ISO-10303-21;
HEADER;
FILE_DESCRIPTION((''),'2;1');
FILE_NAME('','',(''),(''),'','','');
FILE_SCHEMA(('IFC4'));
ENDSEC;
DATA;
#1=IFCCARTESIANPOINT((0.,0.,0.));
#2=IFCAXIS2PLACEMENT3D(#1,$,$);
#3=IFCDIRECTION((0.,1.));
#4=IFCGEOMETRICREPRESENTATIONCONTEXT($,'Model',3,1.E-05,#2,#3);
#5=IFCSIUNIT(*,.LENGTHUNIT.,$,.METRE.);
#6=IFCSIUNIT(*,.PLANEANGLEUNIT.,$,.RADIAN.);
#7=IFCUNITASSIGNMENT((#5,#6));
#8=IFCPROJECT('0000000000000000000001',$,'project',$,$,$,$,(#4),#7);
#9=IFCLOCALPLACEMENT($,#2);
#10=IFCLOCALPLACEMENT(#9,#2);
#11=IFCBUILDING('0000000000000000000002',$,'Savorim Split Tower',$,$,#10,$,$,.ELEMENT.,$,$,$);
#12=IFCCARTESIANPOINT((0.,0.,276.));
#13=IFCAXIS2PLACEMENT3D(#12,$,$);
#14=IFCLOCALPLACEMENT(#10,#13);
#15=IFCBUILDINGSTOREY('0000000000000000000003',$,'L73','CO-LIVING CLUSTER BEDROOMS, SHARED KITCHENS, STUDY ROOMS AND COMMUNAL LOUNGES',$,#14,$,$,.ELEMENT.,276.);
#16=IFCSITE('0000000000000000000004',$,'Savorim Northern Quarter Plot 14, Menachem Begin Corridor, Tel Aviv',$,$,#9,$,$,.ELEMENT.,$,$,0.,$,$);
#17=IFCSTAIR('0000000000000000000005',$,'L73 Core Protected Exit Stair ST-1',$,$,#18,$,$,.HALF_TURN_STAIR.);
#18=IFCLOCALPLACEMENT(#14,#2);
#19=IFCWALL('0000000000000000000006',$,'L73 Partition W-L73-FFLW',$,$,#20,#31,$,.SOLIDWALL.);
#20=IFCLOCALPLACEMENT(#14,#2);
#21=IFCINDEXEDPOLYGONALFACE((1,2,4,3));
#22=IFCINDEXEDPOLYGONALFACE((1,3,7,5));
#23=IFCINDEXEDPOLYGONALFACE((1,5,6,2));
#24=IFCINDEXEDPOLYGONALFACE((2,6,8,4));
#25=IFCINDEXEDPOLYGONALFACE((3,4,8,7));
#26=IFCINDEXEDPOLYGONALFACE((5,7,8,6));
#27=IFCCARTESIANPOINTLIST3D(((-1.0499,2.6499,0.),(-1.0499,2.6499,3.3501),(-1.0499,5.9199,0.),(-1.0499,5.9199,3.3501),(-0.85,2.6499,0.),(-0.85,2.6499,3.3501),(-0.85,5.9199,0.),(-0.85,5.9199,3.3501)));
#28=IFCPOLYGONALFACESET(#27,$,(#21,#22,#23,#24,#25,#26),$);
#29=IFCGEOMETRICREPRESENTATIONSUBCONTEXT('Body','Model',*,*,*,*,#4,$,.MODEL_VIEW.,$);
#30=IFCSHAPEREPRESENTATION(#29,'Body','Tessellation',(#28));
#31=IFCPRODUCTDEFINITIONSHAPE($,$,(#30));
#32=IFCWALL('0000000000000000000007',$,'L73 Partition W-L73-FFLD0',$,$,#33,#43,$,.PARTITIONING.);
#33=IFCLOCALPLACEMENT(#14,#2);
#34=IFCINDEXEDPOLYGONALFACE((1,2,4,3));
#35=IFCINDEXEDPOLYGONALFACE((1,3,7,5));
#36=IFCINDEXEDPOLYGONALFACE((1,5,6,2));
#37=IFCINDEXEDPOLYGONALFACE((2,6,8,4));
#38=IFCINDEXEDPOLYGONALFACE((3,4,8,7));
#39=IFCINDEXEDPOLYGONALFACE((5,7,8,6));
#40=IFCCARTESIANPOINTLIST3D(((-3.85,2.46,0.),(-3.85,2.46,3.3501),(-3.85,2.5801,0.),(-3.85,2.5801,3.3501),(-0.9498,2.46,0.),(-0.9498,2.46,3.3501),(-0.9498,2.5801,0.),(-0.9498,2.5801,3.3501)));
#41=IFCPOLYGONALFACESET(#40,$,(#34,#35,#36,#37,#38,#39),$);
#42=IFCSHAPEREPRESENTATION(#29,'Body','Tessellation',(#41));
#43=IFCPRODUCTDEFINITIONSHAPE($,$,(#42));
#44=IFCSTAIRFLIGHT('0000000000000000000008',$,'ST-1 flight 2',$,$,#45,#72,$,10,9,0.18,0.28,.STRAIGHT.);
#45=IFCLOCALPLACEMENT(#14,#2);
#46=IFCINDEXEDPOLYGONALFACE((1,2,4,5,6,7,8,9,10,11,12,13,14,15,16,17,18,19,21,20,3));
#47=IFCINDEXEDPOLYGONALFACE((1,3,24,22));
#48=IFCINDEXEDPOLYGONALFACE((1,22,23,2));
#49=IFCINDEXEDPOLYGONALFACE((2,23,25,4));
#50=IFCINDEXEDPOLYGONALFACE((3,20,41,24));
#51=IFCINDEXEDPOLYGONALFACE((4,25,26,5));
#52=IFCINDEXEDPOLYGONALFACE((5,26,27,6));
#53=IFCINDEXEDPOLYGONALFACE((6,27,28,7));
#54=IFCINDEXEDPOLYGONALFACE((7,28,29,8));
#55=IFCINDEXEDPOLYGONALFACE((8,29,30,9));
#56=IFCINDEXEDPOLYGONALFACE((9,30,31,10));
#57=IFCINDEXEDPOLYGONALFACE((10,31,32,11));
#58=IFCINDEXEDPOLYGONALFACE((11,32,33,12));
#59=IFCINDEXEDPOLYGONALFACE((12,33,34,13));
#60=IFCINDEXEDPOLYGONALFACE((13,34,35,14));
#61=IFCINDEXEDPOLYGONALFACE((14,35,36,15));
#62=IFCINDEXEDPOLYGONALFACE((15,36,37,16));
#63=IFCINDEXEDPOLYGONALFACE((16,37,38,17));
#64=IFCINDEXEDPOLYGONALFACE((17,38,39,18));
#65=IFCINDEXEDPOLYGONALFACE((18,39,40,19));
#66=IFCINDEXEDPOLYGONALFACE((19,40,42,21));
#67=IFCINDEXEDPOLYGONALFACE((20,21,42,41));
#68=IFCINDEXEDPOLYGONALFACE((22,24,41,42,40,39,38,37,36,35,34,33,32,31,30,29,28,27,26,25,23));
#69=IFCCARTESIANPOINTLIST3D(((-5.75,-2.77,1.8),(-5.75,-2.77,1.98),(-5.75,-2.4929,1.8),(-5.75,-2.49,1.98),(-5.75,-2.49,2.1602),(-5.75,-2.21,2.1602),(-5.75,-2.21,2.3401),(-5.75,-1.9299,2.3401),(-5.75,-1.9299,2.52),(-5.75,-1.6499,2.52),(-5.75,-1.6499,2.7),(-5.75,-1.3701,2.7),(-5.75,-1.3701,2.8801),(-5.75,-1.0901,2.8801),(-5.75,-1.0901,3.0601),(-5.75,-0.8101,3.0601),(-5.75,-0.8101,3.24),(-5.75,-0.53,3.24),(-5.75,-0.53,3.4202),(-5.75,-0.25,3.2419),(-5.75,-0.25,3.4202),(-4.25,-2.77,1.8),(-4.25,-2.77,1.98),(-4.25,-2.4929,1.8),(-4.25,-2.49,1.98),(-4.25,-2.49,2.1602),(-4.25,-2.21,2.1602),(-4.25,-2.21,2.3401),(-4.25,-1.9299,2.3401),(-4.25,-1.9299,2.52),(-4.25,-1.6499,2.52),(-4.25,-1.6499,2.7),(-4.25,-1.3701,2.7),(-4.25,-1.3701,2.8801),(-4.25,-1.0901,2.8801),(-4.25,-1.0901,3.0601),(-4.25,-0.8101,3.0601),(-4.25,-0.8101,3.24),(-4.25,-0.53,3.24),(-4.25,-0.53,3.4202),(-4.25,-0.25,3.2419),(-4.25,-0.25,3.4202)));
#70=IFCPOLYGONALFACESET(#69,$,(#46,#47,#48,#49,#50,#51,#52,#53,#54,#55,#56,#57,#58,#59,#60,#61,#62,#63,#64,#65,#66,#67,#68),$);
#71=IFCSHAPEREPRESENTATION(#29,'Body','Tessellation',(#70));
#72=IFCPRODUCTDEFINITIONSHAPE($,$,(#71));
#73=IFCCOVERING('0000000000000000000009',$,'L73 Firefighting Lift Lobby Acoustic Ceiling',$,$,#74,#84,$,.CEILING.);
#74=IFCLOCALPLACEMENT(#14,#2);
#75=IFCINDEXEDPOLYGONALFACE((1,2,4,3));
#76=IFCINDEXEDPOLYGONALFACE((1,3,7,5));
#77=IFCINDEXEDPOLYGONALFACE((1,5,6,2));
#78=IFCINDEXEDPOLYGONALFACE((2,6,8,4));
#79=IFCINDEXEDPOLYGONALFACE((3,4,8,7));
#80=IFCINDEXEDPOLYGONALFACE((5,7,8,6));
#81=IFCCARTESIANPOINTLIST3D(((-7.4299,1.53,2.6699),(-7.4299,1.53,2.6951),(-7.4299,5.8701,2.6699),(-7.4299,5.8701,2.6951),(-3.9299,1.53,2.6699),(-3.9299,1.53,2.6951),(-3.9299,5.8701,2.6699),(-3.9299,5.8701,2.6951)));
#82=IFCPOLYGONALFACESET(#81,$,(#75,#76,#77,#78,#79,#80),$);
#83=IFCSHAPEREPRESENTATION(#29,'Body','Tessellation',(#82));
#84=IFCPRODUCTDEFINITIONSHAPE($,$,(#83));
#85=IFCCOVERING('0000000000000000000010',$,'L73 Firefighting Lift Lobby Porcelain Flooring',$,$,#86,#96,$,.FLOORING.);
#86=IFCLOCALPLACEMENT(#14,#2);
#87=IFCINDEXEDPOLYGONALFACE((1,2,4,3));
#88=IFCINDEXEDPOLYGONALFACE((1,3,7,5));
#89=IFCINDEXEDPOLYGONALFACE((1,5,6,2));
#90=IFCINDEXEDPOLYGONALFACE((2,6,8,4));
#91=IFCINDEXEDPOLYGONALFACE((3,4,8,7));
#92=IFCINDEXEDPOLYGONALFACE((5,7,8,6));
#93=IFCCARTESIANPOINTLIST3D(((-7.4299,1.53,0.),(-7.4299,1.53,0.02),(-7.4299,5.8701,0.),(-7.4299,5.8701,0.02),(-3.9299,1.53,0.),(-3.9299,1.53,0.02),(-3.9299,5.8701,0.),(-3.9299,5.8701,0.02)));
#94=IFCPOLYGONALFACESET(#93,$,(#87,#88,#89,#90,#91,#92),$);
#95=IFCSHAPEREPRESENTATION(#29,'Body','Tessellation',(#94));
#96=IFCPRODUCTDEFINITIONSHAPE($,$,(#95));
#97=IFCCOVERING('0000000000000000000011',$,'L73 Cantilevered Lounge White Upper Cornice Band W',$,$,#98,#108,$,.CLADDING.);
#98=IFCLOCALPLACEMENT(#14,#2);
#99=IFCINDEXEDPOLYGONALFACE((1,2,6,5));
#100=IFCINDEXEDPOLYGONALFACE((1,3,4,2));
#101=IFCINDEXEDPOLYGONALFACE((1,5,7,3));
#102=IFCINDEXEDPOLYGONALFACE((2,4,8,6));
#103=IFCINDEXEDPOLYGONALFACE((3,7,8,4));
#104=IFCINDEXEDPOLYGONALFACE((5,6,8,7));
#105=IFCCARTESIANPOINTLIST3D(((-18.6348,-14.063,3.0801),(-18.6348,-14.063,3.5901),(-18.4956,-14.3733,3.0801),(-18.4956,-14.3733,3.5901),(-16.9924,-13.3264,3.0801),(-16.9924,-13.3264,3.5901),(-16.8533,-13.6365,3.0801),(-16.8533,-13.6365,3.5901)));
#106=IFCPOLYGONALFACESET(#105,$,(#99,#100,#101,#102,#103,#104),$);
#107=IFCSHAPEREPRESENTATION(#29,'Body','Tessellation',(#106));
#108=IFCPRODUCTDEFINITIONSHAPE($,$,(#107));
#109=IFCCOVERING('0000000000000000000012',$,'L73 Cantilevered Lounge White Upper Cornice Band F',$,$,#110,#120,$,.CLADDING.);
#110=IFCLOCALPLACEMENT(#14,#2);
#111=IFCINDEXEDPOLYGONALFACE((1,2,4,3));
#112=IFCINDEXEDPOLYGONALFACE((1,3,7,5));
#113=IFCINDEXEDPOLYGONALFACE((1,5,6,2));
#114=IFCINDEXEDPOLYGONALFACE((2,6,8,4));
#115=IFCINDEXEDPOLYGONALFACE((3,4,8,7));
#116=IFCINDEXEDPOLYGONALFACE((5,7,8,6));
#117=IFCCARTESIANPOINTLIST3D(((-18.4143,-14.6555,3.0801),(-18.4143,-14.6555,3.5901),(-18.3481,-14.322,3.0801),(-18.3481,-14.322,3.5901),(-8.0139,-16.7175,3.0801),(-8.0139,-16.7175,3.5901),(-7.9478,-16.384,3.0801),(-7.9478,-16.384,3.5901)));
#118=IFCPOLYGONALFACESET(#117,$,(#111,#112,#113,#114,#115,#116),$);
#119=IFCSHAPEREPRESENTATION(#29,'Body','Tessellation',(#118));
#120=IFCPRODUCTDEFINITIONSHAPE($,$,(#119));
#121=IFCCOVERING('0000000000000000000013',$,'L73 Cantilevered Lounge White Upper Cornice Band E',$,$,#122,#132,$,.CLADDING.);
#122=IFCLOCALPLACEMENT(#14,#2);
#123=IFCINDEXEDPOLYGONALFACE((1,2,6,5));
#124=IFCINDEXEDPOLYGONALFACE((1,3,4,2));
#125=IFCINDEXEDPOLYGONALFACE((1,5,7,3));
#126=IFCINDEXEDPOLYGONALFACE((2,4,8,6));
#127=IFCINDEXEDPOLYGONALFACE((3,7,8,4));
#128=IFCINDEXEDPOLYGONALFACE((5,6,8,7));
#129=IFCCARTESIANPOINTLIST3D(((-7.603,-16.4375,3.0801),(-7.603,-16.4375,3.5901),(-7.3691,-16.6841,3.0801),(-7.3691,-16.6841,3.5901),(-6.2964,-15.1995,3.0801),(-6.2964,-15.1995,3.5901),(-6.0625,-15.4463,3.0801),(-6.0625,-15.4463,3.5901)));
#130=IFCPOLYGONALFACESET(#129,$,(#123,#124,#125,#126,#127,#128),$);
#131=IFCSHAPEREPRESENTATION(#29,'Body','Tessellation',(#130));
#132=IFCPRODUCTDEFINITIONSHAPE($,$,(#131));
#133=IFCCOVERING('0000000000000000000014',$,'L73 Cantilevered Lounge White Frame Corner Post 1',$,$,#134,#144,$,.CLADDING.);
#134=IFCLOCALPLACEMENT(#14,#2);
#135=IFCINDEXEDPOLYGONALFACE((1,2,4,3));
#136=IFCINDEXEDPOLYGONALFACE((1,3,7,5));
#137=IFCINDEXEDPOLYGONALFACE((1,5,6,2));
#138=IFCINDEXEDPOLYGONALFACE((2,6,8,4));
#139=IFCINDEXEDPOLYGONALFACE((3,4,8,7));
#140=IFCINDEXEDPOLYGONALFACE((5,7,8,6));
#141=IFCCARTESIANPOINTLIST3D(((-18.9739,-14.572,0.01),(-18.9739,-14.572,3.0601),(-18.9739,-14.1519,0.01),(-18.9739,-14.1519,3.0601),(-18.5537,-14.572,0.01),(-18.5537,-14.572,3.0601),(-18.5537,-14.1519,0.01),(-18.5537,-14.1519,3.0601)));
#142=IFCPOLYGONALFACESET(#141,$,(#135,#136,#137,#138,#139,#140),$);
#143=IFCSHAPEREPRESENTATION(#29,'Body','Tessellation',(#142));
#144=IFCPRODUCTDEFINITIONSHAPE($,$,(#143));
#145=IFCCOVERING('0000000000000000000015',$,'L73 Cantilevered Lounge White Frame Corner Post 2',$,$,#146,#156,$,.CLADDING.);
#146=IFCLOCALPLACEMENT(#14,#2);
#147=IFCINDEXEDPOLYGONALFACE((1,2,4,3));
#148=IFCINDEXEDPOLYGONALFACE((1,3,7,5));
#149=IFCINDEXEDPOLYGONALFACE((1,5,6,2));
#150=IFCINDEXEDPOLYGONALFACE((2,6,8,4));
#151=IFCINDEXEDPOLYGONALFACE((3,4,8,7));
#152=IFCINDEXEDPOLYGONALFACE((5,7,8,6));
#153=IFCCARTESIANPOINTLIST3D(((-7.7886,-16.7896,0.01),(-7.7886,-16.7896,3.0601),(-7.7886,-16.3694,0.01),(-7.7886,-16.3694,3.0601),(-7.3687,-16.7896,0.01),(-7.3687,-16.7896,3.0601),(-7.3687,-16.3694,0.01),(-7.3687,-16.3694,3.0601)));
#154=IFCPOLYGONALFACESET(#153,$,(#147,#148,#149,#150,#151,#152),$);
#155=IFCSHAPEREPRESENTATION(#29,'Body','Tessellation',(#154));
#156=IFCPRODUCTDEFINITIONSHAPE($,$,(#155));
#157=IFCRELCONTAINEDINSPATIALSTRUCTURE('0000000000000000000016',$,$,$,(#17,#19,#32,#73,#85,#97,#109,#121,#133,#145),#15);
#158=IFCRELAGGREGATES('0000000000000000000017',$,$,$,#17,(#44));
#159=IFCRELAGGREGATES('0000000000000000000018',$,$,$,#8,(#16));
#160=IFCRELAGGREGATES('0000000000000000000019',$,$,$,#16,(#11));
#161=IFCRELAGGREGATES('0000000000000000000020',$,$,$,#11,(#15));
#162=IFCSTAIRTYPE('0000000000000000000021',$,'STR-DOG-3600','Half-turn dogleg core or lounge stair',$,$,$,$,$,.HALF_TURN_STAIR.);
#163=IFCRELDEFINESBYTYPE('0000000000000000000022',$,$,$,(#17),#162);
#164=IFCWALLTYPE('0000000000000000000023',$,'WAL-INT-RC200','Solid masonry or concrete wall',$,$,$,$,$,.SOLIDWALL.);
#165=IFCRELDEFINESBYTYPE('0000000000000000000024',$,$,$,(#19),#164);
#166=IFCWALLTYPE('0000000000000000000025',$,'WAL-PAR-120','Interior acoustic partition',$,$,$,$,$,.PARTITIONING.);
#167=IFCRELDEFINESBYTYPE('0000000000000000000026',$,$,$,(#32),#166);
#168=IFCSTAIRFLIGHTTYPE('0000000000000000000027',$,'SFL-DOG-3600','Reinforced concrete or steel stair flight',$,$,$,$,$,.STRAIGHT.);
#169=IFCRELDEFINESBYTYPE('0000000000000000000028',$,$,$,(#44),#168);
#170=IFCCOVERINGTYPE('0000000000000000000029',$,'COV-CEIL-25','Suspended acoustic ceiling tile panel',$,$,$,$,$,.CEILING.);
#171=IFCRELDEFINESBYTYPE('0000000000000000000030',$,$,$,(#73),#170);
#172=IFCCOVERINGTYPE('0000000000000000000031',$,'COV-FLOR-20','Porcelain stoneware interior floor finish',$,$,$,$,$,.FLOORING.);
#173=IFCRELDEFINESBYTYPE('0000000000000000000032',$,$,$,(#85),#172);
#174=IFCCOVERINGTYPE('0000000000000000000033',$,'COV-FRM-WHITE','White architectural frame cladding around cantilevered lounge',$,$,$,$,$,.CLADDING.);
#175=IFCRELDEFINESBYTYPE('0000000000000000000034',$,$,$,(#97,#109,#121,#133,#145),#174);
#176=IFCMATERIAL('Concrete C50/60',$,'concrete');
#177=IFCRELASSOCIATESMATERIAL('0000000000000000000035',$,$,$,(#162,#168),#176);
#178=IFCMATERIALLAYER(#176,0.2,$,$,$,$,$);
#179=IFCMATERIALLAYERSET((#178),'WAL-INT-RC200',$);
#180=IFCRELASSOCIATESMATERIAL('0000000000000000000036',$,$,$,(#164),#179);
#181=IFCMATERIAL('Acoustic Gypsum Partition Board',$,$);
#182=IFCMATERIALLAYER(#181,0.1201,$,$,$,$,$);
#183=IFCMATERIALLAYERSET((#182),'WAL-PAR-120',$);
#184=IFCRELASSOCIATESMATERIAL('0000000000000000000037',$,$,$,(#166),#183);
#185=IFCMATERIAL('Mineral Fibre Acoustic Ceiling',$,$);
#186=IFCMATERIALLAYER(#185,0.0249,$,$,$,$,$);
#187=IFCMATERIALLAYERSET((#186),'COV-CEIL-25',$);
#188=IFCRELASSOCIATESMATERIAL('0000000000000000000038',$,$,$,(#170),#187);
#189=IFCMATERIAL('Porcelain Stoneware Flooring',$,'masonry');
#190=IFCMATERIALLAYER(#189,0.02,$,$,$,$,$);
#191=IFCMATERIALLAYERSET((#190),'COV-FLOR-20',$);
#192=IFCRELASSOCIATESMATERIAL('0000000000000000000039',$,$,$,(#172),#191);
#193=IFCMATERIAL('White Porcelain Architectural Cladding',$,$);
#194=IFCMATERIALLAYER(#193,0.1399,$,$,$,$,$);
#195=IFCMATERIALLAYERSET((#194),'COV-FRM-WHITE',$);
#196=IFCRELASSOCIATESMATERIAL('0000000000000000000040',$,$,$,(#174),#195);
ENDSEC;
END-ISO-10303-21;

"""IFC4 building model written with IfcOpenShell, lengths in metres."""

from ifc_helpers import new_model, si_unit, direction, frame, frame_2d, origin, place, context, subcontext, project, spatial, polyline, rectangle, outline, extrude, material, layer, layer_set, type_object, element, aggregate, save


model = new_model("IFC4")

# Units and contexts
model_context = context("Model", 3, precision=1e-05, world=origin(), true_north=direction((0.0, 1.0)))
body_context = subcontext(model_context, "Body", "Model", "MODEL_VIEW")
ifc_project = project(units=[si_unit("LENGTHUNIT", "METRE"), si_unit("PLANEANGLEUNIT", "RADIAN")], contexts=[model_context])

# Site, building, storey
site_placement = place(None, origin())
site = spatial("IfcSite", under=ifc_project, at=site_placement, Name="Savorim Northern Quarter Plot 14, Menachem Begin Corridor, Tel Aviv", CompositionType="ELEMENT", RefElevation=0.0)
building_placement = place(site_placement, origin())
building = spatial("IfcBuilding", under=site, at=building_placement, Name="Savorim Split Tower", CompositionType="ELEMENT")
storey_placement = place(building_placement, frame((0.0, 0.0, 276.0)))
storey = spatial("IfcBuildingStorey", under=building, at=storey_placement, Name="L73", Description="CO-LIVING CLUSTER BEDROOMS, SHARED KITCHENS, STUDY ROOMS AND COMMUNAL LOUNGES", CompositionType="ELEMENT", Elevation=276.0)

# Shared definitions
ifc_material_1 = material(Name="Concrete C50/60", Category="concrete")

# Stair
stair_type = type_object("IfcStairType", Name="STR-DOG-3600", Description="Half-turn dogleg core or lounge stair", PredefinedType="HALF_TURN_STAIR", material=ifc_material_1)
stair_1_placement = place(storey_placement, origin())
stair_1 = element("IfcStair", 1, at=stair_1_placement, inside=storey, type_object=stair_type, Name="L73 Core Protected Exit Stair ST-1", PredefinedType="HALF_TURN_STAIR")

# Shared definitions
ifc_layer_1 = layer(ifc_material_1, 0.2)
ifc_layer_set_1 = layer_set([ifc_layer_1], Name="WAL-INT-RC200")
wall_type_1 = type_object("IfcWallType", Name="WAL-INT-RC200", Description="Solid masonry or concrete wall", PredefinedType="SOLIDWALL", material=ifc_layer_set_1)

# Walls
wall_1_placement = place(storey_placement, frame((-0.95, 2.6499, 0.0), z_axis=(0.0, 0.0, 1.0), x_axis=(0.0, 1.0, 0.0)))
element("IfcWall", 2, at=wall_1_placement, inside=storey, type_object=wall_type_1, Name="L73 Partition W-L73-FFLW", PredefinedType="SOLIDWALL", context=body_context, shape_type="SweptSolid", body=[
    extrude(rectangle(XDim=3.27, YDim=0.2, at=frame_2d((1.635, 0.0))), origin(), (0.0, 0.0, 1.0), 3.3501),
])
ifc_material_2 = material(Name="Acoustic Gypsum Partition Board")
ifc_layer_2 = layer(ifc_material_2, 0.1201)
ifc_layer_set_2 = layer_set([ifc_layer_2], Name="WAL-PAR-120")
wall_type_2 = type_object("IfcWallType", Name="WAL-PAR-120", Description="Interior acoustic partition", PredefinedType="PARTITIONING", material=ifc_layer_set_2)
wall_2_placement = place(storey_placement, frame((-3.8501, 2.52, 0.0), z_axis=(0.0, 0.0, 1.0), x_axis=(1.0, 0.0, 0.0)))
element("IfcWall", 3, at=wall_2_placement, inside=storey, type_object=wall_type_2, Name="L73 Partition W-L73-FFLD0", PredefinedType="PARTITIONING", context=body_context, shape_type="SweptSolid", body=[
    extrude(rectangle(XDim=2.9001, YDim=0.1201, at=frame_2d((1.4502, 0.0))), origin(), (0.0, 0.0, 1.0), 3.3501),
])

# Stair flight
stair_flight_type = type_object("IfcStairFlightType", Name="SFL-DOG-3600", Description="Reinforced concrete or steel stair flight", PredefinedType="STRAIGHT", material=ifc_material_1)
stair_flight_placement = place(storey_placement, frame((-5.0, -2.77, 1.8), z_axis=(0.0, 0.0, 1.0), x_axis=(0.0, 1.0, 0.0)))
stair_flight = element("IfcStairFlight", 4, at=stair_flight_placement, type_object=stair_flight_type, Name="ST-1 flight 2", NumberOfRisers=10, NumberOfTreads=9, PredefinedType="STRAIGHT", RiserHeight=0.18, TreadLength=0.28, context=body_context, shape_type="SweptSolid", body=[
    extrude(outline(polyline([(0.0, 0.0), (0.0, 0.1799), (0.28, 0.1799), (0.28, 0.3601), (0.5601, 0.3601), (0.5601, 0.54), (0.8401, 0.54), (0.8401, 0.72), (1.1201, 0.72), (1.1201, 0.8999), (1.3999, 0.8999), (1.3999, 1.0801), (1.6799, 1.0801), (1.6799, 1.26), (1.96, 1.26), (1.96, 1.4399), (2.24, 1.4399), (2.24, 1.6201), (2.52, 1.6201), (2.52, 1.8), (2.52, 1.4419), (0.2771, 0.0), (0.0, 0.0)])), frame((0.0, 0.75, 0.0), z_axis=(0.0, -1.0, 0.0), x_axis=(1.0, 0.0, 0.0)), (0.0, 0.0, 1.0), 1.5),
])
aggregate(stair_1, [stair_flight])

# Coverings
ifc_material_3 = material(Name="Mineral Fibre Acoustic Ceiling")
ifc_layer_3 = layer(ifc_material_3, 0.0249)
ifc_layer_set_3 = layer_set([ifc_layer_3], Name="COV-CEIL-25")
covering_type_1 = type_object("IfcCoveringType", Name="COV-CEIL-25", Description="Suspended acoustic ceiling tile panel", PredefinedType="CEILING", material=ifc_layer_set_3)
covering_1_placement = place(storey_placement, frame((0.0, 0.0, 2.6699)))
element("IfcCovering", 5, at=covering_1_placement, inside=storey, type_object=covering_type_1, Name="L73 Firefighting Lift Lobby Acoustic Ceiling", PredefinedType="CEILING", context=body_context, shape_type="SweptSolid", body=[
    extrude(outline(polyline([(-7.4299, 5.8701), (-7.4299, 1.53), (-3.9299, 1.53), (-3.9299, 5.8701), (-7.4299, 5.8701)])), origin(), (0.0, 0.0, 1.0), 0.0251),
])
ifc_material_4 = material(Name="Porcelain Stoneware Flooring", Category="masonry")
ifc_layer_4 = layer(ifc_material_4, 0.02)
ifc_layer_set_4 = layer_set([ifc_layer_4], Name="COV-FLOR-20")
covering_type_2 = type_object("IfcCoveringType", Name="COV-FLOR-20", Description="Porcelain stoneware interior floor finish", PredefinedType="FLOORING", material=ifc_layer_set_4)
covering_2_placement = place(storey_placement, origin())
element("IfcCovering", 6, at=covering_2_placement, inside=storey, type_object=covering_type_2, Name="L73 Firefighting Lift Lobby Porcelain Flooring", PredefinedType="FLOORING", context=body_context, shape_type="SweptSolid", body=[
    extrude(outline(polyline([(-7.4299, 5.8701), (-7.4299, 1.53), (-3.9299, 1.53), (-3.9299, 5.8701), (-7.4299, 5.8701)])), origin(), (0.0, 0.0, 1.0), 0.02),
])
ifc_material_5 = material(Name="White Porcelain Architectural Cladding")
ifc_layer_5 = layer(ifc_material_5, 0.1399)
ifc_layer_set_5 = layer_set([ifc_layer_5], Name="COV-FRM-WHITE")
covering_type_3 = type_object("IfcCoveringType", Name="COV-FRM-WHITE", Description="White architectural frame cladding around cantilevered lounge", PredefinedType="CLADDING", material=ifc_layer_set_5)
covering_3_placement = place(storey_placement, frame((0.0, 0.0, 3.0801)))
element("IfcCovering", 7, at=covering_3_placement, inside=storey, type_object=covering_type_3, Name="L73 Cantilevered Lounge White Upper Cornice Band W", PredefinedType="CLADDING", context=body_context, shape_type="SweptSolid", body=[
    extrude(outline(polyline([(-16.9924, -13.3264), (-18.6348, -14.063), (-18.4956, -14.3733), (-16.8533, -13.6365), (-16.9924, -13.3264)])), origin(), (0.0, 0.0, 1.0), 0.51),
])
covering_4_placement = place(storey_placement, frame((0.0, 0.0, 3.0801)))
element("IfcCovering", 8, at=covering_4_placement, inside=storey, type_object=covering_type_3, Name="L73 Cantilevered Lounge White Upper Cornice Band F", PredefinedType="CLADDING", context=body_context, shape_type="SweptSolid", body=[
    extrude(outline(polyline([(-18.4143, -14.6555), (-8.0139, -16.7175), (-7.9478, -16.384), (-18.3481, -14.322), (-18.4143, -14.6555)])), origin(), (0.0, 0.0, 1.0), 0.51),
])
covering_5_placement = place(storey_placement, frame((0.0, 0.0, 3.0801)))
element("IfcCovering", 9, at=covering_5_placement, inside=storey, type_object=covering_type_3, Name="L73 Cantilevered Lounge White Upper Cornice Band E", PredefinedType="CLADDING", context=body_context, shape_type="SweptSolid", body=[
    extrude(outline(polyline([(-7.3691, -16.6841), (-6.0625, -15.4463), (-6.2964, -15.1995), (-7.603, -16.4375), (-7.3691, -16.6841)])), origin(), (0.0, 0.0, 1.0), 0.51),
])
covering_6_placement = place(storey_placement, frame((0.0, 0.0, 0.01)))
element("IfcCovering", 10, at=covering_6_placement, inside=storey, type_object=covering_type_3, Name="L73 Cantilevered Lounge White Frame Corner Post 1", PredefinedType="CLADDING", context=body_context, shape_type="SweptSolid", body=[
    extrude(outline(polyline([(-18.9739, -14.572), (-18.5537, -14.572), (-18.5537, -14.1519), (-18.9739, -14.1519), (-18.9739, -14.572)])), origin(), (0.0, 0.0, 1.0), 3.05),
])
covering_7_placement = place(storey_placement, frame((0.0, 0.0, 0.01)))
element("IfcCovering", 11, at=covering_7_placement, inside=storey, type_object=covering_type_3, Name="L73 Cantilevered Lounge White Frame Corner Post 2", PredefinedType="CLADDING", context=body_context, shape_type="SweptSolid", body=[
    extrude(outline(polyline([(-7.7886, -16.7896), (-7.3687, -16.7896), (-7.3687, -16.3694), (-7.7886, -16.3694), (-7.7886, -16.7896)])), origin(), (0.0, 0.0, 1.0), 3.05),
])

save(model, "model.ifc")
